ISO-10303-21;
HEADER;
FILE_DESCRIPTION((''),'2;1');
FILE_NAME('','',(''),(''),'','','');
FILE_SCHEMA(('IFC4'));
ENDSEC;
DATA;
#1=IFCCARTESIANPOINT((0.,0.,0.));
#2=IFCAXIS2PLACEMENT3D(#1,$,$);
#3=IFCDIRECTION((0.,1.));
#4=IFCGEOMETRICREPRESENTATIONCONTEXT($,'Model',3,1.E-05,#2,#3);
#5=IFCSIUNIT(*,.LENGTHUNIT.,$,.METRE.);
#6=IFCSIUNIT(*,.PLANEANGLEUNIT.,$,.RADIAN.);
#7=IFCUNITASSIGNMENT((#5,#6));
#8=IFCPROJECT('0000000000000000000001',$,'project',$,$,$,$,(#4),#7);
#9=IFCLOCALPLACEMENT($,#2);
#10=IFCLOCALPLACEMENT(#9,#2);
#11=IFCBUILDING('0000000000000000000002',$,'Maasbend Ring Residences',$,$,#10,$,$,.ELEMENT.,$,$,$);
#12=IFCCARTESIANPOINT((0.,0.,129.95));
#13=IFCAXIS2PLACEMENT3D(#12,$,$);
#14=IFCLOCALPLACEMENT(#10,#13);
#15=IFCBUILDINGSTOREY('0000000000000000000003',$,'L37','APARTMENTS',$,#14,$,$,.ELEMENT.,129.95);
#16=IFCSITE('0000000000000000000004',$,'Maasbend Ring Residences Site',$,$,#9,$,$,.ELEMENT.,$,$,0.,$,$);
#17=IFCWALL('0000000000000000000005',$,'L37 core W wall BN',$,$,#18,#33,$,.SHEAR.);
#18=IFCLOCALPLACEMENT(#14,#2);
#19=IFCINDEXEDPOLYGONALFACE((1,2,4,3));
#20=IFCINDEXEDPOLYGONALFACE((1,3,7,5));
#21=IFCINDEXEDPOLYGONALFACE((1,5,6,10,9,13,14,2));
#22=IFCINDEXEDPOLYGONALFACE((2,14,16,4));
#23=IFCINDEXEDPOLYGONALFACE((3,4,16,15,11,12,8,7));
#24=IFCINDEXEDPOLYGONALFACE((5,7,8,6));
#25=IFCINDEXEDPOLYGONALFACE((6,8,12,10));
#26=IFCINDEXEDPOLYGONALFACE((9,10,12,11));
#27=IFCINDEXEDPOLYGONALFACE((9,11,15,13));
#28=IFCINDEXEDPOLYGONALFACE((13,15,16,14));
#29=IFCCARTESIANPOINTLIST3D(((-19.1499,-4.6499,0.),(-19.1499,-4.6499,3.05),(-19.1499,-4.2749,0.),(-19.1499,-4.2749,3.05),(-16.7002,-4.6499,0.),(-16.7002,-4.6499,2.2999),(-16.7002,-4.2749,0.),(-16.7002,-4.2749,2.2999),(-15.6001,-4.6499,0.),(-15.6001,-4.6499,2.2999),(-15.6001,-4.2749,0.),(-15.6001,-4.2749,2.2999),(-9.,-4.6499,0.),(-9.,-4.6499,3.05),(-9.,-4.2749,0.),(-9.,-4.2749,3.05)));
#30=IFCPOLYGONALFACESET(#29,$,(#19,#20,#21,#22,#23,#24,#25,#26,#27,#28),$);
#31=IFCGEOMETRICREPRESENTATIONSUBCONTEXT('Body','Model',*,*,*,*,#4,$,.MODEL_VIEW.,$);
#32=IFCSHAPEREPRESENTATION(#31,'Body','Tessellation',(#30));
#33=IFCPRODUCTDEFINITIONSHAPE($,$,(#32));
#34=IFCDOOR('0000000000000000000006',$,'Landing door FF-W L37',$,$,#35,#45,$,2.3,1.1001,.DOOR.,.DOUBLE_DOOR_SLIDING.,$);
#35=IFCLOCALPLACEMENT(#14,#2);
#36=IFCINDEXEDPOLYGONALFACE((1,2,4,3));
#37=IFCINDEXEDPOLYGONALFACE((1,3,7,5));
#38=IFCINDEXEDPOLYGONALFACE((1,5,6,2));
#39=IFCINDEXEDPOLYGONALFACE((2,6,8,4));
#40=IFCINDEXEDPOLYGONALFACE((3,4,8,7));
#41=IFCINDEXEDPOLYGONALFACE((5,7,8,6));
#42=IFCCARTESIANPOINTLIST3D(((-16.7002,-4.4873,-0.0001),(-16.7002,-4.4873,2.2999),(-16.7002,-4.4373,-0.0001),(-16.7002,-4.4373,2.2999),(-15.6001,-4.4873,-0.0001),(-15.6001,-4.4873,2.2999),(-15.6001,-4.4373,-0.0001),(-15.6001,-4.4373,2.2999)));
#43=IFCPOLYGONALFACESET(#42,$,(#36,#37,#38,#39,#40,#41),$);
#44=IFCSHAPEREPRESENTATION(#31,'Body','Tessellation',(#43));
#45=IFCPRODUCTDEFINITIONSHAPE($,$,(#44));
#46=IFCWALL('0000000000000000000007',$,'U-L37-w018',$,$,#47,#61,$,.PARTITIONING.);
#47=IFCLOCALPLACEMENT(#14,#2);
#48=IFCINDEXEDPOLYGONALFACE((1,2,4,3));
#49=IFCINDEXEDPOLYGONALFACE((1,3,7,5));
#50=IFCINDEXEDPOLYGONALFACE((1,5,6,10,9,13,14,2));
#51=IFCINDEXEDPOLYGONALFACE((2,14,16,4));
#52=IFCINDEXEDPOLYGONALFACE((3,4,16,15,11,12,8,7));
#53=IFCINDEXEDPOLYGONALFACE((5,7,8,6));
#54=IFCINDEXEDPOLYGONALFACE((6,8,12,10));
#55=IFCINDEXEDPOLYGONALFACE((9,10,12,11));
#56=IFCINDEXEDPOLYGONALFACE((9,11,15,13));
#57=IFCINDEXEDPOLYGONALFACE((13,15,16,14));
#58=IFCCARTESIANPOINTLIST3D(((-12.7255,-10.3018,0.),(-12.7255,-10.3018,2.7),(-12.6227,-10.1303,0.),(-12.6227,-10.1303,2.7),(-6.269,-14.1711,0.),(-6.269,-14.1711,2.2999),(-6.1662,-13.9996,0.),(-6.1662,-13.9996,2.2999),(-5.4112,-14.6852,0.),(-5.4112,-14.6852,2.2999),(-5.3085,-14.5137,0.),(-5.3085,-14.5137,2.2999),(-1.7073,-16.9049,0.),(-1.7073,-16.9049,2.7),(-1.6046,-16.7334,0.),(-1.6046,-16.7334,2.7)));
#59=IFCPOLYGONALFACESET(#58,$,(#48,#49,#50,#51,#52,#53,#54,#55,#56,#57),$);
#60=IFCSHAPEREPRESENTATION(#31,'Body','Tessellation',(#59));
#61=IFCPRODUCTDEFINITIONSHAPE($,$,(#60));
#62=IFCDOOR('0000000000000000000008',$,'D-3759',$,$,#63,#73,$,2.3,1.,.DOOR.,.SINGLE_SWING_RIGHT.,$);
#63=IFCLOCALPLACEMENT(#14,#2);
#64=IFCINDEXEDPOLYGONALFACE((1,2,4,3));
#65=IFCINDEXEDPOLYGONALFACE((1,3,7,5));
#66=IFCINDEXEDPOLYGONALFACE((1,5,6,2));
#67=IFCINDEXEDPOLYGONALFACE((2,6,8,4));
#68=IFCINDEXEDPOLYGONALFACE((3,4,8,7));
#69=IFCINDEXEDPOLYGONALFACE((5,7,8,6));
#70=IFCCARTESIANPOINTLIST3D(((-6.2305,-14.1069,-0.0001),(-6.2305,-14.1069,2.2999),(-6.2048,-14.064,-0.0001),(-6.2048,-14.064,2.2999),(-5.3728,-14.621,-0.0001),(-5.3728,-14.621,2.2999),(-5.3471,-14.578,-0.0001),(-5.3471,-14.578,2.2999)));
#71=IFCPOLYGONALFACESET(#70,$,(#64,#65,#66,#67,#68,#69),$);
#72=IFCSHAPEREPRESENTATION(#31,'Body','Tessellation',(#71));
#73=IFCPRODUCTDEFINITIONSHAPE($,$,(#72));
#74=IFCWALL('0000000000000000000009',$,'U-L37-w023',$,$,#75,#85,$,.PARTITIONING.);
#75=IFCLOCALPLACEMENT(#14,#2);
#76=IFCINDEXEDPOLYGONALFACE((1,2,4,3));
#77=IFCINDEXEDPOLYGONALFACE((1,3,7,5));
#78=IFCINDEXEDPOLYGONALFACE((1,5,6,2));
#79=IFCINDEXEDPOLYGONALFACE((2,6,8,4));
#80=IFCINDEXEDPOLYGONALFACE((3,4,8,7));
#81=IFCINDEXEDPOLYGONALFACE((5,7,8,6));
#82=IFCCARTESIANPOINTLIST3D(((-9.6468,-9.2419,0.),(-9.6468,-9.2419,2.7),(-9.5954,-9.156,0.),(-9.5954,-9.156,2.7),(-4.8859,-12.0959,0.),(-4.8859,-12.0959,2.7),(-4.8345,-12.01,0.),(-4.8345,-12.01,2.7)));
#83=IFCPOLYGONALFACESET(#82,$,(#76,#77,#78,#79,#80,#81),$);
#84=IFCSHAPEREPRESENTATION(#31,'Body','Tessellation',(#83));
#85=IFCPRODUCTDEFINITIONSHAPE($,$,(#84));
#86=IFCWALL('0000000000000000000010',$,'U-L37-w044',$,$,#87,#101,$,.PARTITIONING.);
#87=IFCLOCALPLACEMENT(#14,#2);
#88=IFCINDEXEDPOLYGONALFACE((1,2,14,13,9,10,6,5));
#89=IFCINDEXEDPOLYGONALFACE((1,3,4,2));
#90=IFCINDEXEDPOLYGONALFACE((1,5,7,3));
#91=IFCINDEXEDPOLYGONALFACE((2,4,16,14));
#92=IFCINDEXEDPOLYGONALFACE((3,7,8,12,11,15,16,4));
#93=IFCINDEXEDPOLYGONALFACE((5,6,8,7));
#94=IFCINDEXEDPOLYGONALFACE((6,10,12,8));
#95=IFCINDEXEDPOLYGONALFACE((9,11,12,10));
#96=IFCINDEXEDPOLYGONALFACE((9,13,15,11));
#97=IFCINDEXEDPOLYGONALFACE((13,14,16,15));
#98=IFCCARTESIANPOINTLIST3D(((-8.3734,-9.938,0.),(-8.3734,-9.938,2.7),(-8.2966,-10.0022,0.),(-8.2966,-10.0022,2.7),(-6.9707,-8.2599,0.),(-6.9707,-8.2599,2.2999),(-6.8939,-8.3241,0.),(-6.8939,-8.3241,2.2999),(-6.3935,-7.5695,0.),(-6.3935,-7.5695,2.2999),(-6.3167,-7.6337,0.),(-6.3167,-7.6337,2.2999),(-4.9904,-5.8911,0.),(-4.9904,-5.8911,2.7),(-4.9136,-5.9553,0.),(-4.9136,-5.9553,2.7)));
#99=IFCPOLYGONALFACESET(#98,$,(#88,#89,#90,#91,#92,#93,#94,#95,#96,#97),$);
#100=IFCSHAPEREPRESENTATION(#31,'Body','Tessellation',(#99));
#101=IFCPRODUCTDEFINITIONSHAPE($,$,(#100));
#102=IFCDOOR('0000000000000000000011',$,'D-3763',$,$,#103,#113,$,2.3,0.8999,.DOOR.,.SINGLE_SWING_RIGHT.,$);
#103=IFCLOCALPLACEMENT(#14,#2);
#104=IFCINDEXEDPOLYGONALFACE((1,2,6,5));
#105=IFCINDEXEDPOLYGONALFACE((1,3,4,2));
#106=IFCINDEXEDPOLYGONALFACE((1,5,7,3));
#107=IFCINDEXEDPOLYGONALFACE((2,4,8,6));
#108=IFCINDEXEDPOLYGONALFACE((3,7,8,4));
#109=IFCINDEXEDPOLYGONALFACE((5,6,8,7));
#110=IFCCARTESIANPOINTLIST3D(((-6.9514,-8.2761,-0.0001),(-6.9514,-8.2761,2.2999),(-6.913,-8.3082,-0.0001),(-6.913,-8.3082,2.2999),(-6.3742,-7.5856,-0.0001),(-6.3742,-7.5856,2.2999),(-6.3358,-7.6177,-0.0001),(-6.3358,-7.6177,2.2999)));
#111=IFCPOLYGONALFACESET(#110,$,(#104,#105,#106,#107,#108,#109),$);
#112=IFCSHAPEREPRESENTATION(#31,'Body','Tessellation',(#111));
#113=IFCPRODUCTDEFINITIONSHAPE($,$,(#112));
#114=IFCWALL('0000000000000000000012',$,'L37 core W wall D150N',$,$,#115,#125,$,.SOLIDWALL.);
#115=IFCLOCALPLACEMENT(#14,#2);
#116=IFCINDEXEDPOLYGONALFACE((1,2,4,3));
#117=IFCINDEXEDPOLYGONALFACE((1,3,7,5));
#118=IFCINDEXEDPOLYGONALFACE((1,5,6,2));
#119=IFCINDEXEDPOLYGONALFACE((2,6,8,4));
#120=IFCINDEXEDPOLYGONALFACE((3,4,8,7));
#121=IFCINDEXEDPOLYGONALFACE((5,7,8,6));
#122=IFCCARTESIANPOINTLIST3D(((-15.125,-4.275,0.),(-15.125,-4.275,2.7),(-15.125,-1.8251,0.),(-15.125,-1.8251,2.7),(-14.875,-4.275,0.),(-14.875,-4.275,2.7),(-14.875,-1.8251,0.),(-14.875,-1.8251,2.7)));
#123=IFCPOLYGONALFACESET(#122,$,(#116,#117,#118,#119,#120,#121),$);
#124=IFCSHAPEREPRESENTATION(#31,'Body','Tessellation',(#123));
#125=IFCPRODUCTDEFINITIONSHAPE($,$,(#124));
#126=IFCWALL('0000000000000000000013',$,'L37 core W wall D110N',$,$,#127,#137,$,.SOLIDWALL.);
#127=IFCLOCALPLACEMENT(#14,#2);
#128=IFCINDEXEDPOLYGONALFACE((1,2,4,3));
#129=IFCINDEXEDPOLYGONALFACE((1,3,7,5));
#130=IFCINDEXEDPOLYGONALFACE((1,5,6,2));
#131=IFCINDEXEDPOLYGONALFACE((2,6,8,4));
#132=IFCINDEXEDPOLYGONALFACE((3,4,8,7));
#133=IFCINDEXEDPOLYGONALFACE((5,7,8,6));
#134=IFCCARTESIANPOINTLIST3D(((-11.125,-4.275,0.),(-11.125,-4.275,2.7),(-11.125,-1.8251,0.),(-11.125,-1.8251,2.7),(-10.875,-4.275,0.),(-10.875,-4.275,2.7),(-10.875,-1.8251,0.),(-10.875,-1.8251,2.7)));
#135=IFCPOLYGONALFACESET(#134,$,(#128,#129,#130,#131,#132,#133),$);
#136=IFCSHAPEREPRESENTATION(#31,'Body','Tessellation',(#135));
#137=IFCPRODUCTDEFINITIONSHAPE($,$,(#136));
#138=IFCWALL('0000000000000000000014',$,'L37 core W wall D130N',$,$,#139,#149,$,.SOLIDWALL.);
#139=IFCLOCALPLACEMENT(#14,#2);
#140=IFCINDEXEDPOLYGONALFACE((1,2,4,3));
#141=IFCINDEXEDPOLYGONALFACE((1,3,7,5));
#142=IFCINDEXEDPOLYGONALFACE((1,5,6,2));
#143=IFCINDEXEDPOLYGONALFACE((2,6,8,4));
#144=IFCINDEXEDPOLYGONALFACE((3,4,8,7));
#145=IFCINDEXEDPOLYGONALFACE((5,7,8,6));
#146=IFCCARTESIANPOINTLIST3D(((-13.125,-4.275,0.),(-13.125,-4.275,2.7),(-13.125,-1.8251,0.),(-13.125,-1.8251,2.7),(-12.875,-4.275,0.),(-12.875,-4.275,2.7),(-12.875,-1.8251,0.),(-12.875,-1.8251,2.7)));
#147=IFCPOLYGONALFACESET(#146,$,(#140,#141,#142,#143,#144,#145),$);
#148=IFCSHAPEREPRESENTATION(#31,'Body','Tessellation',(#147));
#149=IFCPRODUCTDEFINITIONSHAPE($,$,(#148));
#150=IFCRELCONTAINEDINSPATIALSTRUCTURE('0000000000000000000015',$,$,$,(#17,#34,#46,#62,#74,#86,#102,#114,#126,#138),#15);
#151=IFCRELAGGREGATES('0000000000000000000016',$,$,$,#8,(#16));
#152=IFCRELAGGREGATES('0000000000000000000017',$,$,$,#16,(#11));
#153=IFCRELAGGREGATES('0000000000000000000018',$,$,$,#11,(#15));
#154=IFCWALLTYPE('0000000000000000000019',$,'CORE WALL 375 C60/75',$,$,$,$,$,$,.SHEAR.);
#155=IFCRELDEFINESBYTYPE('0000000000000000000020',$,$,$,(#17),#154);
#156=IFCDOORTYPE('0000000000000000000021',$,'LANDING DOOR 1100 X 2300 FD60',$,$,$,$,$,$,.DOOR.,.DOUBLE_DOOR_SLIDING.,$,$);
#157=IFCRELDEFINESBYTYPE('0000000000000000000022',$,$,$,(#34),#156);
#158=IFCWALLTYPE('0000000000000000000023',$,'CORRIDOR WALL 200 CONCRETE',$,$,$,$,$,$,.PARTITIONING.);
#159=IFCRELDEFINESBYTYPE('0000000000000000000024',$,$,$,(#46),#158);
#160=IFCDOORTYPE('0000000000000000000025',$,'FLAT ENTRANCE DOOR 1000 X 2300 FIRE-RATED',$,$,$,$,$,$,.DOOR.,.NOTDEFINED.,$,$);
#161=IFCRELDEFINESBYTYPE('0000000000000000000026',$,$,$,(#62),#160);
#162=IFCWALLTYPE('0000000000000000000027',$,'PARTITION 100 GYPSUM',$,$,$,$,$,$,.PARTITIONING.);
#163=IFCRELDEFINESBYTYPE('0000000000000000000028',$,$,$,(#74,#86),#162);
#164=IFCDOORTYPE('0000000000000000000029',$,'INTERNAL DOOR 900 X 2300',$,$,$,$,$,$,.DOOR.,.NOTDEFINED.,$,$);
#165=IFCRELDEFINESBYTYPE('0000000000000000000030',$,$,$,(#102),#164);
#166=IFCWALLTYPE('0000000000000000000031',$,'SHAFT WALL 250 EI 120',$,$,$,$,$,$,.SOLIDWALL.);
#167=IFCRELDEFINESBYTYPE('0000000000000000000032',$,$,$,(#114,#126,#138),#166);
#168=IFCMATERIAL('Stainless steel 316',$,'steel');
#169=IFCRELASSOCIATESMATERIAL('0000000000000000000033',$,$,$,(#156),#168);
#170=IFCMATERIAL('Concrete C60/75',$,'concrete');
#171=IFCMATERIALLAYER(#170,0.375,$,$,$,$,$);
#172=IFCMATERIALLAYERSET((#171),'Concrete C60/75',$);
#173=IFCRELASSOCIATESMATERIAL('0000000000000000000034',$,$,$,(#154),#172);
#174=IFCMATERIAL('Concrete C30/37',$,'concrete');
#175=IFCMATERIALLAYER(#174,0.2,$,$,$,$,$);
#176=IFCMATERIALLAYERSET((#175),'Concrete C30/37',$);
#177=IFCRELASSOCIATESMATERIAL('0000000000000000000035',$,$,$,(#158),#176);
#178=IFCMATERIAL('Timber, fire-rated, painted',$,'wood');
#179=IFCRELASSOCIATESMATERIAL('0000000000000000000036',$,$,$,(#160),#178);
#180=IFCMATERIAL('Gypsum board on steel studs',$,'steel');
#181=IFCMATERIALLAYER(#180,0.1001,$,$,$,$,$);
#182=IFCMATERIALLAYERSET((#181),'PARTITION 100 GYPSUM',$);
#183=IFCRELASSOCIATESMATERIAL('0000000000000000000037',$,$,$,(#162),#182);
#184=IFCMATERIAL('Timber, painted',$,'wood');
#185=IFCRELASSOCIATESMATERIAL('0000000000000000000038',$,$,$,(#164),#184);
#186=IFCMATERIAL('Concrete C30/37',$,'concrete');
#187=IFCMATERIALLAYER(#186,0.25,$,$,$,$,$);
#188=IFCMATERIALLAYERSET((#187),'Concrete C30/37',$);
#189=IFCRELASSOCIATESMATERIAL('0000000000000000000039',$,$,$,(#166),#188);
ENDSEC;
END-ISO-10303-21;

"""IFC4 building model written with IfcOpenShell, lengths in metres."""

from ifc_helpers import new_model, si_unit, direction, frame, frame_2d, origin, place, context, subcontext, project, spatial, rectangle, extrude, material, layer, layer_set, type_object, element, fill, save


model = new_model("IFC4")

# Units and contexts
model_context = context("Model", 3, precision=1e-05, world=origin(), true_north=direction((0.0, 1.0)))
body_context = subcontext(model_context, "Body", "Model", "MODEL_VIEW")
ifc_project = project(units=[si_unit("LENGTHUNIT", "METRE"), si_unit("PLANEANGLEUNIT", "RADIAN")], contexts=[model_context])

# Site, building, storey
site_placement = place(None, origin())
site = spatial("IfcSite", under=ifc_project, at=site_placement, Name="Maasbend Ring Residences Site", CompositionType="ELEMENT", RefElevation=0.0)
building_placement = place(site_placement, origin())
building = spatial("IfcBuilding", under=site, at=building_placement, Name="Maasbend Ring Residences", CompositionType="ELEMENT")
storey_placement = place(building_placement, frame((0.0, 0.0, 129.95)))
storey = spatial("IfcBuildingStorey", under=building, at=storey_placement, Name="L37", Description="APARTMENTS", CompositionType="ELEMENT", Elevation=129.95)

# Shared definitions
ifc_material_1 = material(Name="Stainless steel 316", Category="steel")
door_type_1 = type_object("IfcDoorType", Name="LANDING DOOR 1100 X 2300 FD60", OperationType="DOUBLE_DOOR_SLIDING", PredefinedType="DOOR", material=ifc_material_1)

# Walls, openings, doors
ifc_material_2 = material(Name="Concrete C60/75", Category="concrete")
ifc_layer_1 = layer(ifc_material_2, 0.375)
ifc_layer_set_1 = layer_set([ifc_layer_1], Name="Concrete C60/75")
wall_type_1 = type_object("IfcWallType", Name="CORE WALL 375 C60/75", PredefinedType="SHEAR", material=ifc_layer_set_1)
wall_1_placement = place(storey_placement, frame((-9.0, -4.4624, 0.0), z_axis=(0.0, 0.0, 1.0), x_axis=(-1.0, 0.0, 0.0)))
wall_1 = element("IfcWall", 1, at=wall_1_placement, inside=storey, type_object=wall_type_1, Name="L37 core W wall BN", PredefinedType="SHEAR", context=body_context, shape_type="SweptSolid", body=[
    extrude(rectangle(XDim=10.1499, YDim=0.375, at=frame_2d((5.075, 0.0))), origin(), (0.0, 0.0, 1.0), 3.05),
])
opening_1_placement = place(wall_1_placement, frame((6.6001, 0.0, 0.0)))
opening_1 = element("IfcOpeningElement", 2, at=opening_1_placement, cuts=wall_1, PredefinedType="OPENING", context=body_context, shape_type="SweptSolid", body=[
    extrude(rectangle(XDim=1.1001, YDim=2.3, at=frame_2d((0.55, 1.1499))), frame((0.0, 0.1975, 0.0), z_axis=(0.0, -1.0, 0.0), x_axis=(1.0, 0.0, 0.0)), (0.0, 0.0, 1.0), 0.395),
])
door_1_placement = place(opening_1_placement, origin())
door_1 = element("IfcDoor", 3, at=door_1_placement, inside=storey, type_object=door_type_1, Name="Landing door FF-W L37", OperationType="DOUBLE_DOOR_SLIDING", OverallHeight=2.3, OverallWidth=1.1001, PredefinedType="DOOR", context=body_context, shape_type="SweptSolid", body=[
    extrude(rectangle(XDim=1.1001, YDim=2.3, at=frame_2d((0.55, 1.1499))), frame((0.0, 0.0249, 0.0), z_axis=(0.0, -1.0, 0.0), x_axis=(1.0, 0.0, 0.0)), (0.0, 0.0, 1.0), 0.05),
])
fill(opening_1, door_1)
ifc_material_3 = material(Name="Concrete C30/37", Category="concrete")
ifc_layer_2 = layer(ifc_material_3, 0.2)
ifc_layer_set_2 = layer_set([ifc_layer_2], Name="Concrete C30/37")
wall_type_2 = type_object("IfcWallType", Name="CORRIDOR WALL 200 CONCRETE", PredefinedType="PARTITIONING", material=ifc_layer_set_2)
wall_2_placement = place(storey_placement, frame((-12.6741, -10.2161, 0.0), z_axis=(0.0, 0.0, 1.0), x_axis=(0.857761, -0.514048, 0.0)))
wall_2 = element("IfcWall", 4, at=wall_2_placement, inside=storey, type_object=wall_type_2, Name="U-L37-w018", PredefinedType="PARTITIONING", context=body_context, shape_type="SweptSolid", body=[
    extrude(rectangle(XDim=12.8452, YDim=0.2, at=frame_2d((6.4226, 0.0))), origin(), (0.0, 0.0, 1.0), 2.7),
])
opening_2_placement = place(wall_2_placement, frame((7.5271, 0.0, 0.0)))
opening_2 = element("IfcOpeningElement", 5, at=opening_2_placement, cuts=wall_2, PredefinedType="OPENING", context=body_context, shape_type="SweptSolid", body=[
    extrude(rectangle(XDim=1.0, YDim=2.3, at=frame_2d((0.5, 1.1499))), frame((0.0, 0.1099, 0.0), z_axis=(0.0, -1.0, 0.0), x_axis=(1.0, 0.0, 0.0)), (0.0, 0.0, 1.0), 0.22),
])
ifc_material_4 = material(Name="Timber, fire-rated, painted", Category="wood")
door_type_2 = type_object("IfcDoorType", Name="FLAT ENTRANCE DOOR 1000 X 2300 FIRE-RATED", OperationType="NOTDEFINED", PredefinedType="DOOR", material=ifc_material_4)
door_2_placement = place(opening_2_placement, origin())
door_2 = element("IfcDoor", 6, at=door_2_placement, inside=storey, type_object=door_type_2, Name="D-3759", OperationType="SINGLE_SWING_RIGHT", OverallHeight=2.3, OverallWidth=1.0, PredefinedType="DOOR", context=body_context, shape_type="SweptSolid", body=[
    extrude(rectangle(XDim=1.0, YDim=2.3, at=frame_2d((0.5, 1.1499))), frame((0.0, 0.0249, 0.0), z_axis=(0.0, -1.0, 0.0), x_axis=(1.0, 0.0, 0.0)), (0.0, 0.0, 1.0), 0.05),
])
fill(opening_2, door_2)

# Wall
ifc_material_5 = material(Name="Gypsum board on steel studs", Category="steel")
ifc_layer_3 = layer(ifc_material_5, 0.1001)
ifc_layer_set_3 = layer_set([ifc_layer_3], Name="PARTITION 100 GYPSUM")
wall_type_3 = type_object("IfcWallType", Name="PARTITION 100 GYPSUM", PredefinedType="PARTITIONING", material=ifc_layer_set_3)
wall_3_placement = place(storey_placement, frame((-9.6211, -9.199, 0.0), z_axis=(0.0, 0.0, 1.0), x_axis=(0.857699, -0.514153, 0.0)))
element("IfcWall", 7, at=wall_3_placement, inside=storey, type_object=wall_type_3, Name="U-L37-w023", PredefinedType="PARTITIONING", context=body_context, shape_type="SweptSolid", body=[
    extrude(rectangle(XDim=5.5508, YDim=0.1001, at=frame_2d((2.7754, 0.0))), origin(), (0.0, 0.0, 1.0), 2.7),
])

# Wall, opening, door
wall_4_placement = place(storey_placement, frame((-8.335, -9.97, 0.0), z_axis=(0.0, 0.0, 1.0), x_axis=(0.641376, 0.767226, 0.0)))
wall_4 = element("IfcWall", 8, at=wall_4_placement, inside=storey, type_object=wall_type_3, Name="U-L37-w044", PredefinedType="PARTITIONING", context=body_context, shape_type="SweptSolid", body=[
    extrude(rectangle(XDim=5.2747, YDim=0.1001, at=frame_2d((2.6372, 0.0))), origin(), (0.0, 0.0, 1.0), 2.7),
])
opening_3_placement = place(wall_4_placement, frame((2.187, 0.0, 0.0)))
opening_3 = element("IfcOpeningElement", 9, at=opening_3_placement, cuts=wall_4, PredefinedType="OPENING", context=body_context, shape_type="SweptSolid", body=[
    extrude(rectangle(XDim=0.8999, YDim=2.3, at=frame_2d((0.45, 1.1499))), frame((0.0, 0.0601, 0.0), z_axis=(0.0, -1.0, 0.0), x_axis=(1.0, 0.0, 0.0)), (0.0, 0.0, 1.0), 0.1201),
])
ifc_material_6 = material(Name="Timber, painted", Category="wood")
door_type_3 = type_object("IfcDoorType", Name="INTERNAL DOOR 900 X 2300", OperationType="NOTDEFINED", PredefinedType="DOOR", material=ifc_material_6)
door_3_placement = place(opening_3_placement, origin())
door_3 = element("IfcDoor", 10, at=door_3_placement, inside=storey, type_object=door_type_3, Name="D-3763", OperationType="SINGLE_SWING_RIGHT", OverallHeight=2.3, OverallWidth=0.8999, PredefinedType="DOOR", context=body_context, shape_type="SweptSolid", body=[
    extrude(rectangle(XDim=0.8999, YDim=2.3, at=frame_2d((0.45, 1.1499))), frame((0.0, 0.0249, 0.0), z_axis=(0.0, -1.0, 0.0), x_axis=(1.0, 0.0, 0.0)), (0.0, 0.0, 1.0), 0.05),
])
fill(opening_3, door_3)

# Walls
ifc_material_7 = material(Name="Concrete C30/37", Category="concrete")
ifc_layer_4 = layer(ifc_material_7, 0.25)
ifc_layer_set_4 = layer_set([ifc_layer_4], Name="Concrete C30/37")
wall_type_4 = type_object("IfcWallType", Name="SHAFT WALL 250 EI 120", PredefinedType="SOLIDWALL", material=ifc_layer_set_4)
for number, where, z_axis, x_axis, name in (
    (11, (-15.0, -1.825, 0.0), (0.0, 0.0, 1.0), (0.0, -1.0, 0.0), "L37 core W wall D150N"),
    (12, (-11.0, -1.825, 0.0), (0.0, 0.0, 1.0), (0.0, -1.0, 0.0), "L37 core W wall D110N"),
    (13, (-13.0, -1.825, 0.0), (0.0, 0.0, 1.0), (0.0, -1.0, 0.0), "L37 core W wall D130N"),
):
    element("IfcWall", number, at=place(storey_placement, frame(where, z_axis=z_axis, x_axis=x_axis)), inside=storey, type_object=wall_type_4, Name=name, PredefinedType="SOLIDWALL", context=body_context, shape_type="SweptSolid", body=[
        extrude(rectangle(XDim=2.45, YDim=0.25, at=frame_2d((1.2251, 0.0))), origin(), (0.0, 0.0, 1.0), 2.7),
    ])

save(model, "model.ifc")
